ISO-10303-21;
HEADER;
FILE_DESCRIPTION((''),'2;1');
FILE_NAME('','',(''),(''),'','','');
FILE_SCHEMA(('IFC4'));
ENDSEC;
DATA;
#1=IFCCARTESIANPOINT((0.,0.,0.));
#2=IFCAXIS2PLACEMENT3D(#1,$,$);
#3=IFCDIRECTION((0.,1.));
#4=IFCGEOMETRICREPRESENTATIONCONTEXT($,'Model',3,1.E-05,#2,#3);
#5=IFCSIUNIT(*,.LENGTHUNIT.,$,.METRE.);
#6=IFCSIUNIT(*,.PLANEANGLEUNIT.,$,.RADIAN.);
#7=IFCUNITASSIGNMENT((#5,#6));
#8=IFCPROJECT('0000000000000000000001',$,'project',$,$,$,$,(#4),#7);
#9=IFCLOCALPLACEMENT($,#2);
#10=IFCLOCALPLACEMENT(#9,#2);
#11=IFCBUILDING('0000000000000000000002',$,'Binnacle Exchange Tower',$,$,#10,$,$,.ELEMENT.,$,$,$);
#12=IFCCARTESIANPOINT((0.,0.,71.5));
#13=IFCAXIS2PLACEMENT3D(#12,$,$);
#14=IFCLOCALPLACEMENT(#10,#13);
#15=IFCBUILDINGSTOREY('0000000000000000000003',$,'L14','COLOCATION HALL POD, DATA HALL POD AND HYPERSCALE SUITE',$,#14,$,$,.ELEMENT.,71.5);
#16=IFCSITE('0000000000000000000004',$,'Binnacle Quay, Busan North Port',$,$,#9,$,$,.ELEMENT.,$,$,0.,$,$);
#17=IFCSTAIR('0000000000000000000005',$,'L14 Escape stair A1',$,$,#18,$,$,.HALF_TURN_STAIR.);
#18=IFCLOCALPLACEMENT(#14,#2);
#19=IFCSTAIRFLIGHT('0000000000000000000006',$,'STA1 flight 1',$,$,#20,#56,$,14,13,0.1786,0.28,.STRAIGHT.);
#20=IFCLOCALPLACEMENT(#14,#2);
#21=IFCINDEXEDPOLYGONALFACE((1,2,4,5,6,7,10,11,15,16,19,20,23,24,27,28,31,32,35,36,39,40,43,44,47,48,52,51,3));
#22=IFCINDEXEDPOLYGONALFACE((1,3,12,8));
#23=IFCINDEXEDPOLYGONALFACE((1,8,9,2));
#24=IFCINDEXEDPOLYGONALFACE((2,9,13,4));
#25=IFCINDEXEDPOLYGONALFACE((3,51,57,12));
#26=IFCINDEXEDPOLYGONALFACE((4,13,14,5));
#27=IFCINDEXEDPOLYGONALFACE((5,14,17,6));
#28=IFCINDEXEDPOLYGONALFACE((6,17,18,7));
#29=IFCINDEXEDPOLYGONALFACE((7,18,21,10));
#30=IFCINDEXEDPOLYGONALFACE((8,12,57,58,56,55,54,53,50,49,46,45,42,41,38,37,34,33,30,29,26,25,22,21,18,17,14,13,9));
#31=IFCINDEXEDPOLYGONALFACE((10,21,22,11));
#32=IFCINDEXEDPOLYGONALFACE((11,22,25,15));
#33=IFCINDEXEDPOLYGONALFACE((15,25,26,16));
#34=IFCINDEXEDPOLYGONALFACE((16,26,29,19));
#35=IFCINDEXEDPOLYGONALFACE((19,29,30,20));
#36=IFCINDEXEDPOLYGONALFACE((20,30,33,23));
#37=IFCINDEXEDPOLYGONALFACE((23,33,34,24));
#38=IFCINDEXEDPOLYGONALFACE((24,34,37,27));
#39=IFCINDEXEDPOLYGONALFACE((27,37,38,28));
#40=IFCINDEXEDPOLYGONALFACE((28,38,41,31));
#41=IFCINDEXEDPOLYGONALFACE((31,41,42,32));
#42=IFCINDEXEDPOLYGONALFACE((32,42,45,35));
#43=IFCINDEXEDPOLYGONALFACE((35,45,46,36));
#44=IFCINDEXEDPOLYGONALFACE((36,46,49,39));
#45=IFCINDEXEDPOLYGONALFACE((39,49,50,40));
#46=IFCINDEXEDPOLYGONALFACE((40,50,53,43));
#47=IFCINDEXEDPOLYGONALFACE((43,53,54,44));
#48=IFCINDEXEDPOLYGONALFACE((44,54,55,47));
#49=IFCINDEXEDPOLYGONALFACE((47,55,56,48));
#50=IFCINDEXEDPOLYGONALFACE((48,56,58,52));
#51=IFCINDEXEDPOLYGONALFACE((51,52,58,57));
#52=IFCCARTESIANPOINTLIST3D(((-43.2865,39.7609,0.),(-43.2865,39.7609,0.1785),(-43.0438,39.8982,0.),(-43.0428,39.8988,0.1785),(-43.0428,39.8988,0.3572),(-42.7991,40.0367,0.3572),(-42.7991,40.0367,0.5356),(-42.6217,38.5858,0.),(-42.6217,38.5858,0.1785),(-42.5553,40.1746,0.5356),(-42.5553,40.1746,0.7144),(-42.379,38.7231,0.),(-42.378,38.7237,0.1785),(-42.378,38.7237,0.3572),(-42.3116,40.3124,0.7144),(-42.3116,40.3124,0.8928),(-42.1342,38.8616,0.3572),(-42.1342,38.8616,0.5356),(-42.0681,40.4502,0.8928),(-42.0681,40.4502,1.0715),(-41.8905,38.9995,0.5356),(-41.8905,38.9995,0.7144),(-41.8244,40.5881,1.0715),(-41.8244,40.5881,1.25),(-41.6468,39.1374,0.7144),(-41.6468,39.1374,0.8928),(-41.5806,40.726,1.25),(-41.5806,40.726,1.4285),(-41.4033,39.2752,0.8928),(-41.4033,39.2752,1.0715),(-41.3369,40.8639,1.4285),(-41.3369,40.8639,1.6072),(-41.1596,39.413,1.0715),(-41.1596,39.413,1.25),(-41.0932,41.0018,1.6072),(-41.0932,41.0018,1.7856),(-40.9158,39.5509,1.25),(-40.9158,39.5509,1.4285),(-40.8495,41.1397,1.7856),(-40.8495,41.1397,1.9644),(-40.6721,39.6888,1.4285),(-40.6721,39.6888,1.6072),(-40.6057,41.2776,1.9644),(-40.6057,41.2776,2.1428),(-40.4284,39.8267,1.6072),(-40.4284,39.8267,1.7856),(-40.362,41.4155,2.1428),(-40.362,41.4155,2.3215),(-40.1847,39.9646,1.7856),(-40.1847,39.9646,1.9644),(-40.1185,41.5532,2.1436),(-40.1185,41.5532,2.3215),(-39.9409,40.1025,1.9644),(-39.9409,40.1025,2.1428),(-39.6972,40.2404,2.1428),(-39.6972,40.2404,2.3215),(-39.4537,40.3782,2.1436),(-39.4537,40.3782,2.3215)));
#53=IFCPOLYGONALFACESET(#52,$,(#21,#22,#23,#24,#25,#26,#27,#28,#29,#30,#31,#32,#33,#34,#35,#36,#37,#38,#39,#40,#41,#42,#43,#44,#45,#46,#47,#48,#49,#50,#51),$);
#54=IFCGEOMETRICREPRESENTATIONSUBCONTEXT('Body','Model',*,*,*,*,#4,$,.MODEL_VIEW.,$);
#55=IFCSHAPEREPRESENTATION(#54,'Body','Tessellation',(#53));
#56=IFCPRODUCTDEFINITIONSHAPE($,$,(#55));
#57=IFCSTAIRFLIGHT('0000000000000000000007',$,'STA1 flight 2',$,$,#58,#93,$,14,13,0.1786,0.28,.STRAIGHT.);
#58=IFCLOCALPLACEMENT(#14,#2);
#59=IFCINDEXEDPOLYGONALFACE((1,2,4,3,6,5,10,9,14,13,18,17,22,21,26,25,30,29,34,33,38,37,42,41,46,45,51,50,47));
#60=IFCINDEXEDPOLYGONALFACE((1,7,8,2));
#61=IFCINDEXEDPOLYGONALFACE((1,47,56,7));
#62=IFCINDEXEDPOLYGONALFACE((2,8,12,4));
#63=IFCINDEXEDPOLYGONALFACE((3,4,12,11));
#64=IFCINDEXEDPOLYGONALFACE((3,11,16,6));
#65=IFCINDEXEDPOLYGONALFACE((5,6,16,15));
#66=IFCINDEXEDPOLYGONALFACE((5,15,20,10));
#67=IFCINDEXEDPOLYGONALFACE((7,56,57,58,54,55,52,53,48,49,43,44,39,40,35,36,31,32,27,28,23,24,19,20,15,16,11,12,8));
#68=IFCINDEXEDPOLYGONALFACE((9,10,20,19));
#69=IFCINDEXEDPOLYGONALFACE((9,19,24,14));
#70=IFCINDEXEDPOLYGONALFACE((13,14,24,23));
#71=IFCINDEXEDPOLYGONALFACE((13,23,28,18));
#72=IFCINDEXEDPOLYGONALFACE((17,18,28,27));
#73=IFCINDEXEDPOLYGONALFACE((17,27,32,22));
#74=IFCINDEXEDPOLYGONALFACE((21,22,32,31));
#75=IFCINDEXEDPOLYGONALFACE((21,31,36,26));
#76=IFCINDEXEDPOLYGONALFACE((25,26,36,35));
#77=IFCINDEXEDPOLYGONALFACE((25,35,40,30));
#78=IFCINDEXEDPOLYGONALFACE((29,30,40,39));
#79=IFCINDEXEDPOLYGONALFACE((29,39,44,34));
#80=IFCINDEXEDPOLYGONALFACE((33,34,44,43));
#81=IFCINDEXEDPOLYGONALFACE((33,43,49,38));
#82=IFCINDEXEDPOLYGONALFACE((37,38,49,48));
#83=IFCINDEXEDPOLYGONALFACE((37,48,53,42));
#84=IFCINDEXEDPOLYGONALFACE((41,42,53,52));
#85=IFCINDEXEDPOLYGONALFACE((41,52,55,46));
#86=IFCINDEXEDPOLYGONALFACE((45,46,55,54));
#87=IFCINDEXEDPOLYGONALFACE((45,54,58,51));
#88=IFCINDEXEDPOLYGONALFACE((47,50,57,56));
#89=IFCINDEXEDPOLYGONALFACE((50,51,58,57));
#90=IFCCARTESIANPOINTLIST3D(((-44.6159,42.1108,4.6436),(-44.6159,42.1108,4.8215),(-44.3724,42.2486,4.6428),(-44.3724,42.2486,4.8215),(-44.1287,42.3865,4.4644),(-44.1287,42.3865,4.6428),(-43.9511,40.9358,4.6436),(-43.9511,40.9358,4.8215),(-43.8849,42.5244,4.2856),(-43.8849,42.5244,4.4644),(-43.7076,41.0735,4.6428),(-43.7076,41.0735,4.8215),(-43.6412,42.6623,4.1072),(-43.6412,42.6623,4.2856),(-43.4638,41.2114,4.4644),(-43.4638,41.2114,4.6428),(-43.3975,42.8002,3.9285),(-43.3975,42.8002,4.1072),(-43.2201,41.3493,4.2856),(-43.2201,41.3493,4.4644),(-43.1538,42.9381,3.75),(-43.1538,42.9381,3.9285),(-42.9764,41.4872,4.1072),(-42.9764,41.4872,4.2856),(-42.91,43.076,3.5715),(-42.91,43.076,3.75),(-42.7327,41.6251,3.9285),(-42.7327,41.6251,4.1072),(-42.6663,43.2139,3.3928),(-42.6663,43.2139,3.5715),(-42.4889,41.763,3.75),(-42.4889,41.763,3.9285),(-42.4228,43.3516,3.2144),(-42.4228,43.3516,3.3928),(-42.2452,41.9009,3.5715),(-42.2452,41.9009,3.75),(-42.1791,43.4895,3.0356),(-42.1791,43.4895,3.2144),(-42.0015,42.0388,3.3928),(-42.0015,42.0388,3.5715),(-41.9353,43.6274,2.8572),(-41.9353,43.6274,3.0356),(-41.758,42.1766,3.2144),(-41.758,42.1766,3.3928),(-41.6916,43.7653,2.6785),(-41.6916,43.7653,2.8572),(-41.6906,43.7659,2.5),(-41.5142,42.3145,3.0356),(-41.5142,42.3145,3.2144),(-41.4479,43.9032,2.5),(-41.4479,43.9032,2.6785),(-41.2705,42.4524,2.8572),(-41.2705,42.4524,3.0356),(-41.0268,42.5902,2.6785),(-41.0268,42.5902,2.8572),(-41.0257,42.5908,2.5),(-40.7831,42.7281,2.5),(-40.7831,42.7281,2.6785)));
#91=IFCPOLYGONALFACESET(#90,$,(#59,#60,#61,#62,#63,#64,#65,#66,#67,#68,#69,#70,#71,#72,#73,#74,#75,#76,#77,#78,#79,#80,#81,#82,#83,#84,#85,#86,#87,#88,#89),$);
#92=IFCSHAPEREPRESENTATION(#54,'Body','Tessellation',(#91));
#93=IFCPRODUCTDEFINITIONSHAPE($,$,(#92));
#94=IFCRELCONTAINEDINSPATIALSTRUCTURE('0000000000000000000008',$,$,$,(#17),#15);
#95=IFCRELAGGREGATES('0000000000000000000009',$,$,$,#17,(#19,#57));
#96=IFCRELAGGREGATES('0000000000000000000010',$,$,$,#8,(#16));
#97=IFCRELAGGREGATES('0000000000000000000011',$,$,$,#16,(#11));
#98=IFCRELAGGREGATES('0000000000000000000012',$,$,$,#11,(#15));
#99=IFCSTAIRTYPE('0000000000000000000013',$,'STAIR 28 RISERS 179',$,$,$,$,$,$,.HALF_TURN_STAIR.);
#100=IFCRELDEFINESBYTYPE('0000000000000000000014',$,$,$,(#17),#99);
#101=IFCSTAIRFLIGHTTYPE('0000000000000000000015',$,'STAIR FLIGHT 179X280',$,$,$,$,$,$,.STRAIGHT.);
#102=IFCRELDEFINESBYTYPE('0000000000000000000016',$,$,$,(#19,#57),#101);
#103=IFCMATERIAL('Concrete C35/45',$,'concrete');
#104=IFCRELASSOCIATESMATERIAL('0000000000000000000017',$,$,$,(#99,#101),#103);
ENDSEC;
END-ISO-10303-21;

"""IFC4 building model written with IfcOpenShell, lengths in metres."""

from ifc_helpers import new_model, si_unit, direction, frame, origin, place, context, subcontext, project, spatial, polyline, outline, extrude, material, type_object, element, aggregate, save


model = new_model("IFC4")

# Units and contexts
model_context = context("Model", 3, precision=1e-05, world=origin(), true_north=direction((0.0, 1.0)))
body_context = subcontext(model_context, "Body", "Model", "MODEL_VIEW")
ifc_project = project(units=[si_unit("LENGTHUNIT", "METRE"), si_unit("PLANEANGLEUNIT", "RADIAN")], contexts=[model_context])

# Site, building, storey
site_placement = place(None, origin())
site = spatial("IfcSite", under=ifc_project, at=site_placement, Name="Binnacle Quay, Busan North Port", CompositionType="ELEMENT", RefElevation=0.0)
building_placement = place(site_placement, origin())
building = spatial("IfcBuilding", under=site, at=building_placement, Name="Binnacle Exchange Tower", CompositionType="ELEMENT")
storey_placement = place(building_placement, frame((0.0, 0.0, 71.5)))
storey = spatial("IfcBuildingStorey", under=building, at=storey_placement, Name="L14", Description="COLOCATION HALL POD, DATA HALL POD AND HYPERSCALE SUITE", CompositionType="ELEMENT", Elevation=71.5)

# Stair, stair flights
ifc_material_1 = material(Name="Concrete C35/45", Category="concrete")
stair_type = type_object("IfcStairType", Name="STAIR 28 RISERS 179", PredefinedType="HALF_TURN_STAIR", material=ifc_material_1)
stair_placement = place(storey_placement, origin())
stair = element("IfcStair", 1, at=stair_placement, inside=storey, type_object=stair_type, Name="L14 Escape stair A1", PredefinedType="HALF_TURN_STAIR")
stair_flight_type = type_object("IfcStairFlightType", Name="STAIR FLIGHT 179X280", PredefinedType="STRAIGHT", material=ifc_material_1)
stair_flight_1_placement = place(storey_placement, frame((-42.9541, 39.1733, 0.0), z_axis=(0.0, 0.0, 1.0), x_axis=(0.870356, 0.492424, 0.0)))
stair_flight_1 = element("IfcStairFlight", 2, at=stair_flight_1_placement, type_object=stair_flight_type, Name="STA1 flight 1", NumberOfRisers=14, NumberOfTreads=13, PredefinedType="STRAIGHT", RiserHeight=0.1786, TreadLength=0.28, context=body_context, shape_type="SweptSolid", body=[
    extrude(outline(polyline([(0.0, 0.0), (0.0, 0.1785), (0.28, 0.1785), (0.28, 0.3572), (0.5601, 0.3572), (0.5601, 0.5356), (0.8401, 0.5356), (0.8401, 0.7144), (1.1201, 0.7144), (1.1201, 0.8928), (1.3999, 0.8928), (1.3999, 1.0715), (1.6799, 1.0715), (1.6799, 1.25), (1.96, 1.25), (1.96, 1.4285), (2.24, 1.4285), (2.24, 1.6072), (2.52, 1.6072), (2.52, 1.7856), (2.8, 1.7856), (2.8, 1.9644), (3.0801, 1.9644), (3.0801, 2.1428), (3.3601, 2.1428), (3.3601, 2.3215), (3.6399, 2.3215), (3.6399, 2.5), (3.6399, 2.1436), (0.2788, 0.0), (0.0, 0.0)])), frame((0.0, 0.675, 0.0), z_axis=(0.0, -1.0, 0.0), x_axis=(1.0, 0.0, 0.0)), (0.0, 0.0, 1.0), 1.3501),
])
stair_flight_2_placement = place(storey_placement, frame((-41.1155, 43.3157, 2.5), z_axis=(0.0, 0.0, 1.0), x_axis=(-0.870356, -0.492424, 0.0)))
stair_flight_2 = element("IfcStairFlight", 3, at=stair_flight_2_placement, type_object=stair_flight_type, Name="STA1 flight 2", NumberOfRisers=14, NumberOfTreads=13, PredefinedType="STRAIGHT", RiserHeight=0.1786, TreadLength=0.28, context=body_context, shape_type="SweptSolid", body=[
    extrude(outline(polyline([(0.0, 0.0), (0.0, 0.1785), (0.28, 0.1785), (0.28, 0.3572), (0.5601, 0.3572), (0.5601, 0.5356), (0.8401, 0.5356), (0.8401, 0.7144), (1.1201, 0.7144), (1.1201, 0.8928), (1.3999, 0.8928), (1.3999, 1.0715), (1.6799, 1.0715), (1.6799, 1.25), (1.96, 1.25), (1.96, 1.4285), (2.24, 1.4285), (2.24, 1.6072), (2.52, 1.6072), (2.52, 1.7856), (2.8, 1.7856), (2.8, 1.9644), (3.0801, 1.9644), (3.0801, 2.1428), (3.3601, 2.1428), (3.3601, 2.3215), (3.6399, 2.3215), (3.6399, 2.5), (3.6399, 2.1436), (0.2788, 0.0), (0.0, 0.0)])), frame((0.0, 0.675, 0.0), z_axis=(0.0, -1.0, 0.0), x_axis=(1.0, 0.0, 0.0)), (0.0, 0.0, 1.0), 1.3501),
])
aggregate(stair, [stair_flight_1, stair_flight_2])

save(model, "model.ifc")
